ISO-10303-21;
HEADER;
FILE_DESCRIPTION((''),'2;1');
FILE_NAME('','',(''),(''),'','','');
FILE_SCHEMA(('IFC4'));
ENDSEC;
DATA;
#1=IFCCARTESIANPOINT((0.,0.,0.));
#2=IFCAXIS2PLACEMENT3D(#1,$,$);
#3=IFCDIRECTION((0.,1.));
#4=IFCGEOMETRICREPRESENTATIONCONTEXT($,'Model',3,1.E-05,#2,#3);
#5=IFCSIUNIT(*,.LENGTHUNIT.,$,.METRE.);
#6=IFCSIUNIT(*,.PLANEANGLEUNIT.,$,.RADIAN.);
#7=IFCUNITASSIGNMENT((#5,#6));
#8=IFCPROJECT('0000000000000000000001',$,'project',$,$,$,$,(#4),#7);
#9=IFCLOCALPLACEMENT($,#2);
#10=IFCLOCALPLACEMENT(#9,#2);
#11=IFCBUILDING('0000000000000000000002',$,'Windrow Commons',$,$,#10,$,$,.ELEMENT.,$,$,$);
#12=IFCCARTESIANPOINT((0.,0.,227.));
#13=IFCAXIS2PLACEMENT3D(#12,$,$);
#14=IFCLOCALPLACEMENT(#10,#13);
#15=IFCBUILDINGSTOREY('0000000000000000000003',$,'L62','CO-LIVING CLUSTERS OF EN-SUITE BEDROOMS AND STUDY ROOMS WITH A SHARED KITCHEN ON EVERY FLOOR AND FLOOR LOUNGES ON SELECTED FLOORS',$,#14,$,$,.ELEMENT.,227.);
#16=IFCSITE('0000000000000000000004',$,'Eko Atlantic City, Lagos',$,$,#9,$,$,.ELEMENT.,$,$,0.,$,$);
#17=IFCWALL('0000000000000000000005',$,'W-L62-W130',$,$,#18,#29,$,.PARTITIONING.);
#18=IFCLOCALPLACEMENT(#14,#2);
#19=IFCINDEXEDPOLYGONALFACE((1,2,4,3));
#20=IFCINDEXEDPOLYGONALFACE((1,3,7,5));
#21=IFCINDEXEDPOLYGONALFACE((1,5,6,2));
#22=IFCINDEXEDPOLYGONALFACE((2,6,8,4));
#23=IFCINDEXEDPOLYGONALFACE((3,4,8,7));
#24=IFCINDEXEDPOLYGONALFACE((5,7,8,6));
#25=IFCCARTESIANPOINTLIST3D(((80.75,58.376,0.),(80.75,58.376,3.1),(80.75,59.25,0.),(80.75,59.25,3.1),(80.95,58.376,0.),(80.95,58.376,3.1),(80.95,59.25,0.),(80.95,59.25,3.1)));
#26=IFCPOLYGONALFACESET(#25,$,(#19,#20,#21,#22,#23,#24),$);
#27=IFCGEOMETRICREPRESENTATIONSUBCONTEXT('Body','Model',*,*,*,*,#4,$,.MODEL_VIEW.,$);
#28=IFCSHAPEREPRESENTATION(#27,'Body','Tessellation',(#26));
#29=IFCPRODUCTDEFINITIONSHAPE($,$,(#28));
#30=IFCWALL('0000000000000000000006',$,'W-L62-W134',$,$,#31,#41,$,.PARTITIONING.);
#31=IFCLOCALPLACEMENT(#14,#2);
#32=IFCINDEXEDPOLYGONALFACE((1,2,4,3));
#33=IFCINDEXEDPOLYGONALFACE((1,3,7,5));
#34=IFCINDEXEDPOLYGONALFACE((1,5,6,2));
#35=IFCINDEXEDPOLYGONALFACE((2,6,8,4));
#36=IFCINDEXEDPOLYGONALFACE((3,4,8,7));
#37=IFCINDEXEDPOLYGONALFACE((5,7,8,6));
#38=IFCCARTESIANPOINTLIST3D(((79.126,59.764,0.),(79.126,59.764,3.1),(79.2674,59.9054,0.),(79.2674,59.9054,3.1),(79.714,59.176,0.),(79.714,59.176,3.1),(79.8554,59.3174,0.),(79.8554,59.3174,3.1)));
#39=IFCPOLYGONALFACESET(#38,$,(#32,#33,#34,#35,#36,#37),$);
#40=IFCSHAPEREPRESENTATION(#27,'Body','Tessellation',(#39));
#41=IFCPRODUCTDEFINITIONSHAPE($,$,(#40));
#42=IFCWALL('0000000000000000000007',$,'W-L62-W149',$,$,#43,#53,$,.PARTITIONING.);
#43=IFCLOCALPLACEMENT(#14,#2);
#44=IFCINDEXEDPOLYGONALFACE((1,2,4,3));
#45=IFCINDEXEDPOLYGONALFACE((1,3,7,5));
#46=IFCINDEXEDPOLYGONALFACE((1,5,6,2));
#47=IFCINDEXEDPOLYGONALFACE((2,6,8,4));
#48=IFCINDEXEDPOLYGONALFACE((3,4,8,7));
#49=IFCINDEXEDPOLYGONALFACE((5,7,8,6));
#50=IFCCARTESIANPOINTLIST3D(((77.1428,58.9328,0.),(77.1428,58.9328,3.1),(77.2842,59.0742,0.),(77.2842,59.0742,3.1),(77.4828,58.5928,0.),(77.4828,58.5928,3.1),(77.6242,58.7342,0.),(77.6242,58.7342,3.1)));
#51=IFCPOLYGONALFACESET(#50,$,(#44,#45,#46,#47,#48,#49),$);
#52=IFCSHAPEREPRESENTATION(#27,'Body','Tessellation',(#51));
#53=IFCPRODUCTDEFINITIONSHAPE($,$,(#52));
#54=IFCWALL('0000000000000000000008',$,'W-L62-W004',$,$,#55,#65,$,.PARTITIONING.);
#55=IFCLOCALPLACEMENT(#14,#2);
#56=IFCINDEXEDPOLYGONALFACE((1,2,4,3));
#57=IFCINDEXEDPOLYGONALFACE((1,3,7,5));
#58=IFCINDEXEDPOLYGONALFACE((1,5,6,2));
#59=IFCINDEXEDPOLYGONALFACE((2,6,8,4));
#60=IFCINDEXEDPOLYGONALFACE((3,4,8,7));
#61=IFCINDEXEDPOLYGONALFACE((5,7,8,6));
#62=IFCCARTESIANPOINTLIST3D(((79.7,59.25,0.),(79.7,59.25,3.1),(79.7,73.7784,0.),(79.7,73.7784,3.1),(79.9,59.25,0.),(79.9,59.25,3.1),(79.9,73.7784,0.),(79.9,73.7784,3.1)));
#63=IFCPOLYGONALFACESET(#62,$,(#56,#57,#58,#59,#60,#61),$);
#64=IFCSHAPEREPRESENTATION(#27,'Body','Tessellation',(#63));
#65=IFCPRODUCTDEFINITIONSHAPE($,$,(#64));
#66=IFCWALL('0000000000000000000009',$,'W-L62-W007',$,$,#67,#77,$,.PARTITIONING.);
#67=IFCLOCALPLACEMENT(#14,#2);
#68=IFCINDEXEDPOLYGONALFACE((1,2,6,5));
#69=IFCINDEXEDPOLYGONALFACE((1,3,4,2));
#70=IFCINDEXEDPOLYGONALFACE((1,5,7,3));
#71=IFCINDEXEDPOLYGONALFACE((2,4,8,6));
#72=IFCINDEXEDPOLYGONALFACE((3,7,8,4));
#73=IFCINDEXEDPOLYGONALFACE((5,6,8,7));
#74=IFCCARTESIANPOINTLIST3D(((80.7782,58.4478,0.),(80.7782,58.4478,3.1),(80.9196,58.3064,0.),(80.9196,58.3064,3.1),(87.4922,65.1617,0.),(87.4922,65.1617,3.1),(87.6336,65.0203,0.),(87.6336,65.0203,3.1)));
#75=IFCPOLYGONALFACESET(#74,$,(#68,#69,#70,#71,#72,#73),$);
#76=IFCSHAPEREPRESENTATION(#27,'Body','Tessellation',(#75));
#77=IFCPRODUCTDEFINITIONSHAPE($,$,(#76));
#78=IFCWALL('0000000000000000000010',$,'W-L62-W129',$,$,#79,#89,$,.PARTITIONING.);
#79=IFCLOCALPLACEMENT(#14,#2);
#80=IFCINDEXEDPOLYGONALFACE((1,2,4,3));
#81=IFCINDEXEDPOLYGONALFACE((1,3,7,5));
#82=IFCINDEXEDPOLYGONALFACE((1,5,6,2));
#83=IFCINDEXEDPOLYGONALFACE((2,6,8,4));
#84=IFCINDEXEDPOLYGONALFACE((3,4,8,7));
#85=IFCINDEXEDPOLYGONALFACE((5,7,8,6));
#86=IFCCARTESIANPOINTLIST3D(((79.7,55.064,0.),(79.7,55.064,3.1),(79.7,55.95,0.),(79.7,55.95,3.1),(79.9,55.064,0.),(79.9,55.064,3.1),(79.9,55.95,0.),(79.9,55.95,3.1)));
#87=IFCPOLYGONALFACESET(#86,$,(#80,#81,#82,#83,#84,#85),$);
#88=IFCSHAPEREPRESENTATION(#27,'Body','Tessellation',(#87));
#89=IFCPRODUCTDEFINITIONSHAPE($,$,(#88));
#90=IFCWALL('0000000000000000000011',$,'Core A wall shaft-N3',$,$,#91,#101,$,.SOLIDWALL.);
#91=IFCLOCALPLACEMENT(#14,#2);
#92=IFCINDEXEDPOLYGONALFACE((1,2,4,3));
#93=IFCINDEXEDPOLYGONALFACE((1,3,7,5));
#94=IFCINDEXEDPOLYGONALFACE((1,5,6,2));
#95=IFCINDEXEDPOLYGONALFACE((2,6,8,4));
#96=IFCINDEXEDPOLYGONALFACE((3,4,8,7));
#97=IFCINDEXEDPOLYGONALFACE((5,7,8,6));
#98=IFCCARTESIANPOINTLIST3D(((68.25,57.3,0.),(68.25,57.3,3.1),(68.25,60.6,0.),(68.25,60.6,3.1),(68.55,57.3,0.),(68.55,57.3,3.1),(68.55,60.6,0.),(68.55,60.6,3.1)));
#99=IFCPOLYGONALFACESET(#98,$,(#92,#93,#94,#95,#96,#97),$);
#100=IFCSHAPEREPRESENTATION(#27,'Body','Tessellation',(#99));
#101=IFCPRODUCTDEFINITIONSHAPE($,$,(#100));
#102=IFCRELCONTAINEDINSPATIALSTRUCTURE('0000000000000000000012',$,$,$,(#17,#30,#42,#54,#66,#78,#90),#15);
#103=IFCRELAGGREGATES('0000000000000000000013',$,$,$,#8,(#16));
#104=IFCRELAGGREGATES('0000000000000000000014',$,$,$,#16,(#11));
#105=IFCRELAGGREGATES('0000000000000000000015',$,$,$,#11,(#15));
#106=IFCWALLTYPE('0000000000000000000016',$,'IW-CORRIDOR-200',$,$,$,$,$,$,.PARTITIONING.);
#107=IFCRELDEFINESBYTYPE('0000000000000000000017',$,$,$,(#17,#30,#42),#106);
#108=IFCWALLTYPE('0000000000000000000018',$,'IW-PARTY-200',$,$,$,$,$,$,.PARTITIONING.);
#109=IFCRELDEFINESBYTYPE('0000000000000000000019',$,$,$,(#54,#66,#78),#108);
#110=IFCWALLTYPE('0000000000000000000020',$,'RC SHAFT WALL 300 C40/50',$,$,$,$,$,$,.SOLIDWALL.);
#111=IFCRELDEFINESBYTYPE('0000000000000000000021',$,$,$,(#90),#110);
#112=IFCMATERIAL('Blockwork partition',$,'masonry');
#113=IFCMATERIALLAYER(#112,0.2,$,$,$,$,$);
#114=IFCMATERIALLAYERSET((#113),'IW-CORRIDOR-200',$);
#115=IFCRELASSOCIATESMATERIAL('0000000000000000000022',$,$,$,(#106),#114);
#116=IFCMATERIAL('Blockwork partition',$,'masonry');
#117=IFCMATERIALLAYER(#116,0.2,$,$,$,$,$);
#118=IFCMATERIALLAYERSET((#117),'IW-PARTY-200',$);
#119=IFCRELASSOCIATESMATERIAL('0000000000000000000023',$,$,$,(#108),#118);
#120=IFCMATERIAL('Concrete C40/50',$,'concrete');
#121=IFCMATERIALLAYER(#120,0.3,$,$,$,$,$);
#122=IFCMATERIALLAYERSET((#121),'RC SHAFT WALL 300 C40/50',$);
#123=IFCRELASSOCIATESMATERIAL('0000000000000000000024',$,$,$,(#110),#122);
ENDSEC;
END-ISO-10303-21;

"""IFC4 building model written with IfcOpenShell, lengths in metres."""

from ifc_helpers import new_model, si_unit, direction, frame, frame_2d, origin, place, context, subcontext, project, spatial, rectangle, extrude, material, layer, layer_set, type_object, element, save


model = new_model("IFC4")

# Units and contexts
model_context = context("Model", 3, precision=1e-05, world=origin(), true_north=direction((0.0, 1.0)))
body_context = subcontext(model_context, "Body", "Model", "MODEL_VIEW")
ifc_project = project(units=[si_unit("LENGTHUNIT", "METRE"), si_unit("PLANEANGLEUNIT", "RADIAN")], contexts=[model_context])

# Site, building, storey
site_placement = place(None, origin())
site = spatial("IfcSite", under=ifc_project, at=site_placement, Name="Eko Atlantic City, Lagos", CompositionType="ELEMENT", RefElevation=0.0)
building_placement = place(site_placement, origin())
building = spatial("IfcBuilding", under=site, at=building_placement, Name="Windrow Commons", CompositionType="ELEMENT")
storey_placement = place(building_placement, frame((0.0, 0.0, 227.0)))
storey = spatial("IfcBuildingStorey", under=building, at=storey_placement, Name="L62", Description="CO-LIVING CLUSTERS OF EN-SUITE BEDROOMS AND STUDY ROOMS WITH A SHARED KITCHEN ON EVERY FLOOR AND FLOOR LOUNGES ON SELECTED FLOORS", CompositionType="ELEMENT", Elevation=227.0)

# Shared definitions
ifc_material_1 = material(Name="Blockwork partition", Category="masonry")
ifc_layer_1 = layer(ifc_material_1, 0.2)
ifc_layer_set_1 = layer_set([ifc_layer_1], Name="IW-CORRIDOR-200")
wall_type_1 = type_object("IfcWallType", Name="IW-CORRIDOR-200", PredefinedType="PARTITIONING", material=ifc_layer_set_1)

# Walls
wall_1_placement = place(storey_placement, frame((80.85, 58.376, 0.0), z_axis=(0.0, 0.0, 1.0), x_axis=(0.0, 1.0, 0.0)))
element("IfcWall", 1, at=wall_1_placement, inside=storey, type_object=wall_type_1, Name="W-L62-W130", PredefinedType="PARTITIONING", context=body_context, shape_type="SweptSolid", body=[
    extrude(rectangle(XDim=0.874, YDim=0.2, at=frame_2d((0.437, 0.0))), origin(), (0.0, 0.0, 1.0), 3.1),
])
wall_2_placement = place(storey_placement, frame((79.1967, 59.8347, 0.0), z_axis=(0.0, 0.0, 1.0), x_axis=(0.707107, -0.707107, 0.0)))
element("IfcWall", 2, at=wall_2_placement, inside=storey, type_object=wall_type_1, Name="W-L62-W134", PredefinedType="PARTITIONING", context=body_context, shape_type="SweptSolid", body=[
    extrude(rectangle(XDim=0.8316, YDim=0.2, at=frame_2d((0.4158, 0.0))), origin(), (0.0, 0.0, 1.0), 3.1),
])
wall_3_placement = place(storey_placement, frame((77.2135, 59.0035, 0.0), z_axis=(0.0, 0.0, 1.0), x_axis=(0.707107, -0.707107, 0.0)))
element("IfcWall", 3, at=wall_3_placement, inside=storey, type_object=wall_type_1, Name="W-L62-W149", PredefinedType="PARTITIONING", context=body_context, shape_type="SweptSolid", body=[
    extrude(rectangle(XDim=0.4808, YDim=0.2, at=frame_2d((0.2404, 0.0))), origin(), (0.0, 0.0, 1.0), 3.1),
])
ifc_material_2 = material(Name="Blockwork partition", Category="masonry")
ifc_layer_2 = layer(ifc_material_2, 0.2)
ifc_layer_set_2 = layer_set([ifc_layer_2], Name="IW-PARTY-200")
wall_type_2 = type_object("IfcWallType", Name="IW-PARTY-200", PredefinedType="PARTITIONING", material=ifc_layer_set_2)
wall_4_placement = place(storey_placement, frame((79.8, 59.25, 0.0), z_axis=(0.0, 0.0, 1.0), x_axis=(0.0, 1.0, 0.0)))
element("IfcWall", 4, at=wall_4_placement, inside=storey, type_object=wall_type_2, Name="W-L62-W004", PredefinedType="PARTITIONING", context=body_context, shape_type="SweptSolid", body=[
    extrude(rectangle(XDim=14.5285, YDim=0.2, at=frame_2d((7.2642, 0.0))), origin(), (0.0, 0.0, 1.0), 3.1),
])
wall_5_placement = place(storey_placement, frame((80.8489, 58.3771, 0.0), z_axis=(0.0, 0.0, 1.0), x_axis=(0.707112, 0.707102, 0.0)))
element("IfcWall", 5, at=wall_5_placement, inside=storey, type_object=wall_type_2, Name="W-L62-W007", PredefinedType="PARTITIONING", context=body_context, shape_type="SweptSolid", body=[
    extrude(rectangle(XDim=9.495, YDim=0.2, at=frame_2d((4.7475, 0.0))), origin(), (0.0, 0.0, 1.0), 3.1),
])
wall_6_placement = place(storey_placement, frame((79.8, 55.064, 0.0), z_axis=(0.0, 0.0, 1.0), x_axis=(0.0, 1.0, 0.0)))
element("IfcWall", 6, at=wall_6_placement, inside=storey, type_object=wall_type_2, Name="W-L62-W129", PredefinedType="PARTITIONING", context=body_context, shape_type="SweptSolid", body=[
    extrude(rectangle(XDim=0.886, YDim=0.2, at=frame_2d((0.443, 0.0))), origin(), (0.0, 0.0, 1.0), 3.1),
])
ifc_material_3 = material(Name="Concrete C40/50", Category="concrete")
ifc_layer_3 = layer(ifc_material_3, 0.3)
ifc_layer_set_3 = layer_set([ifc_layer_3], Name="RC SHAFT WALL 300 C40/50")
wall_type_3 = type_object("IfcWallType", Name="RC SHAFT WALL 300 C40/50", PredefinedType="SOLIDWALL", material=ifc_layer_set_3)
wall_7_placement = place(storey_placement, frame((68.4, 57.3, 0.0), z_axis=(0.0, 0.0, 1.0), x_axis=(0.0, 1.0, 0.0)))
element("IfcWall", 7, at=wall_7_placement, inside=storey, type_object=wall_type_3, Name="Core A wall shaft-N3", PredefinedType="SOLIDWALL", context=body_context, shape_type="SweptSolid", body=[
    extrude(rectangle(XDim=3.3, YDim=0.3, at=frame_2d((1.65, 0.0))), origin(), (0.0, 0.0, 1.0), 3.1),
])

save(model, "model.ifc")
